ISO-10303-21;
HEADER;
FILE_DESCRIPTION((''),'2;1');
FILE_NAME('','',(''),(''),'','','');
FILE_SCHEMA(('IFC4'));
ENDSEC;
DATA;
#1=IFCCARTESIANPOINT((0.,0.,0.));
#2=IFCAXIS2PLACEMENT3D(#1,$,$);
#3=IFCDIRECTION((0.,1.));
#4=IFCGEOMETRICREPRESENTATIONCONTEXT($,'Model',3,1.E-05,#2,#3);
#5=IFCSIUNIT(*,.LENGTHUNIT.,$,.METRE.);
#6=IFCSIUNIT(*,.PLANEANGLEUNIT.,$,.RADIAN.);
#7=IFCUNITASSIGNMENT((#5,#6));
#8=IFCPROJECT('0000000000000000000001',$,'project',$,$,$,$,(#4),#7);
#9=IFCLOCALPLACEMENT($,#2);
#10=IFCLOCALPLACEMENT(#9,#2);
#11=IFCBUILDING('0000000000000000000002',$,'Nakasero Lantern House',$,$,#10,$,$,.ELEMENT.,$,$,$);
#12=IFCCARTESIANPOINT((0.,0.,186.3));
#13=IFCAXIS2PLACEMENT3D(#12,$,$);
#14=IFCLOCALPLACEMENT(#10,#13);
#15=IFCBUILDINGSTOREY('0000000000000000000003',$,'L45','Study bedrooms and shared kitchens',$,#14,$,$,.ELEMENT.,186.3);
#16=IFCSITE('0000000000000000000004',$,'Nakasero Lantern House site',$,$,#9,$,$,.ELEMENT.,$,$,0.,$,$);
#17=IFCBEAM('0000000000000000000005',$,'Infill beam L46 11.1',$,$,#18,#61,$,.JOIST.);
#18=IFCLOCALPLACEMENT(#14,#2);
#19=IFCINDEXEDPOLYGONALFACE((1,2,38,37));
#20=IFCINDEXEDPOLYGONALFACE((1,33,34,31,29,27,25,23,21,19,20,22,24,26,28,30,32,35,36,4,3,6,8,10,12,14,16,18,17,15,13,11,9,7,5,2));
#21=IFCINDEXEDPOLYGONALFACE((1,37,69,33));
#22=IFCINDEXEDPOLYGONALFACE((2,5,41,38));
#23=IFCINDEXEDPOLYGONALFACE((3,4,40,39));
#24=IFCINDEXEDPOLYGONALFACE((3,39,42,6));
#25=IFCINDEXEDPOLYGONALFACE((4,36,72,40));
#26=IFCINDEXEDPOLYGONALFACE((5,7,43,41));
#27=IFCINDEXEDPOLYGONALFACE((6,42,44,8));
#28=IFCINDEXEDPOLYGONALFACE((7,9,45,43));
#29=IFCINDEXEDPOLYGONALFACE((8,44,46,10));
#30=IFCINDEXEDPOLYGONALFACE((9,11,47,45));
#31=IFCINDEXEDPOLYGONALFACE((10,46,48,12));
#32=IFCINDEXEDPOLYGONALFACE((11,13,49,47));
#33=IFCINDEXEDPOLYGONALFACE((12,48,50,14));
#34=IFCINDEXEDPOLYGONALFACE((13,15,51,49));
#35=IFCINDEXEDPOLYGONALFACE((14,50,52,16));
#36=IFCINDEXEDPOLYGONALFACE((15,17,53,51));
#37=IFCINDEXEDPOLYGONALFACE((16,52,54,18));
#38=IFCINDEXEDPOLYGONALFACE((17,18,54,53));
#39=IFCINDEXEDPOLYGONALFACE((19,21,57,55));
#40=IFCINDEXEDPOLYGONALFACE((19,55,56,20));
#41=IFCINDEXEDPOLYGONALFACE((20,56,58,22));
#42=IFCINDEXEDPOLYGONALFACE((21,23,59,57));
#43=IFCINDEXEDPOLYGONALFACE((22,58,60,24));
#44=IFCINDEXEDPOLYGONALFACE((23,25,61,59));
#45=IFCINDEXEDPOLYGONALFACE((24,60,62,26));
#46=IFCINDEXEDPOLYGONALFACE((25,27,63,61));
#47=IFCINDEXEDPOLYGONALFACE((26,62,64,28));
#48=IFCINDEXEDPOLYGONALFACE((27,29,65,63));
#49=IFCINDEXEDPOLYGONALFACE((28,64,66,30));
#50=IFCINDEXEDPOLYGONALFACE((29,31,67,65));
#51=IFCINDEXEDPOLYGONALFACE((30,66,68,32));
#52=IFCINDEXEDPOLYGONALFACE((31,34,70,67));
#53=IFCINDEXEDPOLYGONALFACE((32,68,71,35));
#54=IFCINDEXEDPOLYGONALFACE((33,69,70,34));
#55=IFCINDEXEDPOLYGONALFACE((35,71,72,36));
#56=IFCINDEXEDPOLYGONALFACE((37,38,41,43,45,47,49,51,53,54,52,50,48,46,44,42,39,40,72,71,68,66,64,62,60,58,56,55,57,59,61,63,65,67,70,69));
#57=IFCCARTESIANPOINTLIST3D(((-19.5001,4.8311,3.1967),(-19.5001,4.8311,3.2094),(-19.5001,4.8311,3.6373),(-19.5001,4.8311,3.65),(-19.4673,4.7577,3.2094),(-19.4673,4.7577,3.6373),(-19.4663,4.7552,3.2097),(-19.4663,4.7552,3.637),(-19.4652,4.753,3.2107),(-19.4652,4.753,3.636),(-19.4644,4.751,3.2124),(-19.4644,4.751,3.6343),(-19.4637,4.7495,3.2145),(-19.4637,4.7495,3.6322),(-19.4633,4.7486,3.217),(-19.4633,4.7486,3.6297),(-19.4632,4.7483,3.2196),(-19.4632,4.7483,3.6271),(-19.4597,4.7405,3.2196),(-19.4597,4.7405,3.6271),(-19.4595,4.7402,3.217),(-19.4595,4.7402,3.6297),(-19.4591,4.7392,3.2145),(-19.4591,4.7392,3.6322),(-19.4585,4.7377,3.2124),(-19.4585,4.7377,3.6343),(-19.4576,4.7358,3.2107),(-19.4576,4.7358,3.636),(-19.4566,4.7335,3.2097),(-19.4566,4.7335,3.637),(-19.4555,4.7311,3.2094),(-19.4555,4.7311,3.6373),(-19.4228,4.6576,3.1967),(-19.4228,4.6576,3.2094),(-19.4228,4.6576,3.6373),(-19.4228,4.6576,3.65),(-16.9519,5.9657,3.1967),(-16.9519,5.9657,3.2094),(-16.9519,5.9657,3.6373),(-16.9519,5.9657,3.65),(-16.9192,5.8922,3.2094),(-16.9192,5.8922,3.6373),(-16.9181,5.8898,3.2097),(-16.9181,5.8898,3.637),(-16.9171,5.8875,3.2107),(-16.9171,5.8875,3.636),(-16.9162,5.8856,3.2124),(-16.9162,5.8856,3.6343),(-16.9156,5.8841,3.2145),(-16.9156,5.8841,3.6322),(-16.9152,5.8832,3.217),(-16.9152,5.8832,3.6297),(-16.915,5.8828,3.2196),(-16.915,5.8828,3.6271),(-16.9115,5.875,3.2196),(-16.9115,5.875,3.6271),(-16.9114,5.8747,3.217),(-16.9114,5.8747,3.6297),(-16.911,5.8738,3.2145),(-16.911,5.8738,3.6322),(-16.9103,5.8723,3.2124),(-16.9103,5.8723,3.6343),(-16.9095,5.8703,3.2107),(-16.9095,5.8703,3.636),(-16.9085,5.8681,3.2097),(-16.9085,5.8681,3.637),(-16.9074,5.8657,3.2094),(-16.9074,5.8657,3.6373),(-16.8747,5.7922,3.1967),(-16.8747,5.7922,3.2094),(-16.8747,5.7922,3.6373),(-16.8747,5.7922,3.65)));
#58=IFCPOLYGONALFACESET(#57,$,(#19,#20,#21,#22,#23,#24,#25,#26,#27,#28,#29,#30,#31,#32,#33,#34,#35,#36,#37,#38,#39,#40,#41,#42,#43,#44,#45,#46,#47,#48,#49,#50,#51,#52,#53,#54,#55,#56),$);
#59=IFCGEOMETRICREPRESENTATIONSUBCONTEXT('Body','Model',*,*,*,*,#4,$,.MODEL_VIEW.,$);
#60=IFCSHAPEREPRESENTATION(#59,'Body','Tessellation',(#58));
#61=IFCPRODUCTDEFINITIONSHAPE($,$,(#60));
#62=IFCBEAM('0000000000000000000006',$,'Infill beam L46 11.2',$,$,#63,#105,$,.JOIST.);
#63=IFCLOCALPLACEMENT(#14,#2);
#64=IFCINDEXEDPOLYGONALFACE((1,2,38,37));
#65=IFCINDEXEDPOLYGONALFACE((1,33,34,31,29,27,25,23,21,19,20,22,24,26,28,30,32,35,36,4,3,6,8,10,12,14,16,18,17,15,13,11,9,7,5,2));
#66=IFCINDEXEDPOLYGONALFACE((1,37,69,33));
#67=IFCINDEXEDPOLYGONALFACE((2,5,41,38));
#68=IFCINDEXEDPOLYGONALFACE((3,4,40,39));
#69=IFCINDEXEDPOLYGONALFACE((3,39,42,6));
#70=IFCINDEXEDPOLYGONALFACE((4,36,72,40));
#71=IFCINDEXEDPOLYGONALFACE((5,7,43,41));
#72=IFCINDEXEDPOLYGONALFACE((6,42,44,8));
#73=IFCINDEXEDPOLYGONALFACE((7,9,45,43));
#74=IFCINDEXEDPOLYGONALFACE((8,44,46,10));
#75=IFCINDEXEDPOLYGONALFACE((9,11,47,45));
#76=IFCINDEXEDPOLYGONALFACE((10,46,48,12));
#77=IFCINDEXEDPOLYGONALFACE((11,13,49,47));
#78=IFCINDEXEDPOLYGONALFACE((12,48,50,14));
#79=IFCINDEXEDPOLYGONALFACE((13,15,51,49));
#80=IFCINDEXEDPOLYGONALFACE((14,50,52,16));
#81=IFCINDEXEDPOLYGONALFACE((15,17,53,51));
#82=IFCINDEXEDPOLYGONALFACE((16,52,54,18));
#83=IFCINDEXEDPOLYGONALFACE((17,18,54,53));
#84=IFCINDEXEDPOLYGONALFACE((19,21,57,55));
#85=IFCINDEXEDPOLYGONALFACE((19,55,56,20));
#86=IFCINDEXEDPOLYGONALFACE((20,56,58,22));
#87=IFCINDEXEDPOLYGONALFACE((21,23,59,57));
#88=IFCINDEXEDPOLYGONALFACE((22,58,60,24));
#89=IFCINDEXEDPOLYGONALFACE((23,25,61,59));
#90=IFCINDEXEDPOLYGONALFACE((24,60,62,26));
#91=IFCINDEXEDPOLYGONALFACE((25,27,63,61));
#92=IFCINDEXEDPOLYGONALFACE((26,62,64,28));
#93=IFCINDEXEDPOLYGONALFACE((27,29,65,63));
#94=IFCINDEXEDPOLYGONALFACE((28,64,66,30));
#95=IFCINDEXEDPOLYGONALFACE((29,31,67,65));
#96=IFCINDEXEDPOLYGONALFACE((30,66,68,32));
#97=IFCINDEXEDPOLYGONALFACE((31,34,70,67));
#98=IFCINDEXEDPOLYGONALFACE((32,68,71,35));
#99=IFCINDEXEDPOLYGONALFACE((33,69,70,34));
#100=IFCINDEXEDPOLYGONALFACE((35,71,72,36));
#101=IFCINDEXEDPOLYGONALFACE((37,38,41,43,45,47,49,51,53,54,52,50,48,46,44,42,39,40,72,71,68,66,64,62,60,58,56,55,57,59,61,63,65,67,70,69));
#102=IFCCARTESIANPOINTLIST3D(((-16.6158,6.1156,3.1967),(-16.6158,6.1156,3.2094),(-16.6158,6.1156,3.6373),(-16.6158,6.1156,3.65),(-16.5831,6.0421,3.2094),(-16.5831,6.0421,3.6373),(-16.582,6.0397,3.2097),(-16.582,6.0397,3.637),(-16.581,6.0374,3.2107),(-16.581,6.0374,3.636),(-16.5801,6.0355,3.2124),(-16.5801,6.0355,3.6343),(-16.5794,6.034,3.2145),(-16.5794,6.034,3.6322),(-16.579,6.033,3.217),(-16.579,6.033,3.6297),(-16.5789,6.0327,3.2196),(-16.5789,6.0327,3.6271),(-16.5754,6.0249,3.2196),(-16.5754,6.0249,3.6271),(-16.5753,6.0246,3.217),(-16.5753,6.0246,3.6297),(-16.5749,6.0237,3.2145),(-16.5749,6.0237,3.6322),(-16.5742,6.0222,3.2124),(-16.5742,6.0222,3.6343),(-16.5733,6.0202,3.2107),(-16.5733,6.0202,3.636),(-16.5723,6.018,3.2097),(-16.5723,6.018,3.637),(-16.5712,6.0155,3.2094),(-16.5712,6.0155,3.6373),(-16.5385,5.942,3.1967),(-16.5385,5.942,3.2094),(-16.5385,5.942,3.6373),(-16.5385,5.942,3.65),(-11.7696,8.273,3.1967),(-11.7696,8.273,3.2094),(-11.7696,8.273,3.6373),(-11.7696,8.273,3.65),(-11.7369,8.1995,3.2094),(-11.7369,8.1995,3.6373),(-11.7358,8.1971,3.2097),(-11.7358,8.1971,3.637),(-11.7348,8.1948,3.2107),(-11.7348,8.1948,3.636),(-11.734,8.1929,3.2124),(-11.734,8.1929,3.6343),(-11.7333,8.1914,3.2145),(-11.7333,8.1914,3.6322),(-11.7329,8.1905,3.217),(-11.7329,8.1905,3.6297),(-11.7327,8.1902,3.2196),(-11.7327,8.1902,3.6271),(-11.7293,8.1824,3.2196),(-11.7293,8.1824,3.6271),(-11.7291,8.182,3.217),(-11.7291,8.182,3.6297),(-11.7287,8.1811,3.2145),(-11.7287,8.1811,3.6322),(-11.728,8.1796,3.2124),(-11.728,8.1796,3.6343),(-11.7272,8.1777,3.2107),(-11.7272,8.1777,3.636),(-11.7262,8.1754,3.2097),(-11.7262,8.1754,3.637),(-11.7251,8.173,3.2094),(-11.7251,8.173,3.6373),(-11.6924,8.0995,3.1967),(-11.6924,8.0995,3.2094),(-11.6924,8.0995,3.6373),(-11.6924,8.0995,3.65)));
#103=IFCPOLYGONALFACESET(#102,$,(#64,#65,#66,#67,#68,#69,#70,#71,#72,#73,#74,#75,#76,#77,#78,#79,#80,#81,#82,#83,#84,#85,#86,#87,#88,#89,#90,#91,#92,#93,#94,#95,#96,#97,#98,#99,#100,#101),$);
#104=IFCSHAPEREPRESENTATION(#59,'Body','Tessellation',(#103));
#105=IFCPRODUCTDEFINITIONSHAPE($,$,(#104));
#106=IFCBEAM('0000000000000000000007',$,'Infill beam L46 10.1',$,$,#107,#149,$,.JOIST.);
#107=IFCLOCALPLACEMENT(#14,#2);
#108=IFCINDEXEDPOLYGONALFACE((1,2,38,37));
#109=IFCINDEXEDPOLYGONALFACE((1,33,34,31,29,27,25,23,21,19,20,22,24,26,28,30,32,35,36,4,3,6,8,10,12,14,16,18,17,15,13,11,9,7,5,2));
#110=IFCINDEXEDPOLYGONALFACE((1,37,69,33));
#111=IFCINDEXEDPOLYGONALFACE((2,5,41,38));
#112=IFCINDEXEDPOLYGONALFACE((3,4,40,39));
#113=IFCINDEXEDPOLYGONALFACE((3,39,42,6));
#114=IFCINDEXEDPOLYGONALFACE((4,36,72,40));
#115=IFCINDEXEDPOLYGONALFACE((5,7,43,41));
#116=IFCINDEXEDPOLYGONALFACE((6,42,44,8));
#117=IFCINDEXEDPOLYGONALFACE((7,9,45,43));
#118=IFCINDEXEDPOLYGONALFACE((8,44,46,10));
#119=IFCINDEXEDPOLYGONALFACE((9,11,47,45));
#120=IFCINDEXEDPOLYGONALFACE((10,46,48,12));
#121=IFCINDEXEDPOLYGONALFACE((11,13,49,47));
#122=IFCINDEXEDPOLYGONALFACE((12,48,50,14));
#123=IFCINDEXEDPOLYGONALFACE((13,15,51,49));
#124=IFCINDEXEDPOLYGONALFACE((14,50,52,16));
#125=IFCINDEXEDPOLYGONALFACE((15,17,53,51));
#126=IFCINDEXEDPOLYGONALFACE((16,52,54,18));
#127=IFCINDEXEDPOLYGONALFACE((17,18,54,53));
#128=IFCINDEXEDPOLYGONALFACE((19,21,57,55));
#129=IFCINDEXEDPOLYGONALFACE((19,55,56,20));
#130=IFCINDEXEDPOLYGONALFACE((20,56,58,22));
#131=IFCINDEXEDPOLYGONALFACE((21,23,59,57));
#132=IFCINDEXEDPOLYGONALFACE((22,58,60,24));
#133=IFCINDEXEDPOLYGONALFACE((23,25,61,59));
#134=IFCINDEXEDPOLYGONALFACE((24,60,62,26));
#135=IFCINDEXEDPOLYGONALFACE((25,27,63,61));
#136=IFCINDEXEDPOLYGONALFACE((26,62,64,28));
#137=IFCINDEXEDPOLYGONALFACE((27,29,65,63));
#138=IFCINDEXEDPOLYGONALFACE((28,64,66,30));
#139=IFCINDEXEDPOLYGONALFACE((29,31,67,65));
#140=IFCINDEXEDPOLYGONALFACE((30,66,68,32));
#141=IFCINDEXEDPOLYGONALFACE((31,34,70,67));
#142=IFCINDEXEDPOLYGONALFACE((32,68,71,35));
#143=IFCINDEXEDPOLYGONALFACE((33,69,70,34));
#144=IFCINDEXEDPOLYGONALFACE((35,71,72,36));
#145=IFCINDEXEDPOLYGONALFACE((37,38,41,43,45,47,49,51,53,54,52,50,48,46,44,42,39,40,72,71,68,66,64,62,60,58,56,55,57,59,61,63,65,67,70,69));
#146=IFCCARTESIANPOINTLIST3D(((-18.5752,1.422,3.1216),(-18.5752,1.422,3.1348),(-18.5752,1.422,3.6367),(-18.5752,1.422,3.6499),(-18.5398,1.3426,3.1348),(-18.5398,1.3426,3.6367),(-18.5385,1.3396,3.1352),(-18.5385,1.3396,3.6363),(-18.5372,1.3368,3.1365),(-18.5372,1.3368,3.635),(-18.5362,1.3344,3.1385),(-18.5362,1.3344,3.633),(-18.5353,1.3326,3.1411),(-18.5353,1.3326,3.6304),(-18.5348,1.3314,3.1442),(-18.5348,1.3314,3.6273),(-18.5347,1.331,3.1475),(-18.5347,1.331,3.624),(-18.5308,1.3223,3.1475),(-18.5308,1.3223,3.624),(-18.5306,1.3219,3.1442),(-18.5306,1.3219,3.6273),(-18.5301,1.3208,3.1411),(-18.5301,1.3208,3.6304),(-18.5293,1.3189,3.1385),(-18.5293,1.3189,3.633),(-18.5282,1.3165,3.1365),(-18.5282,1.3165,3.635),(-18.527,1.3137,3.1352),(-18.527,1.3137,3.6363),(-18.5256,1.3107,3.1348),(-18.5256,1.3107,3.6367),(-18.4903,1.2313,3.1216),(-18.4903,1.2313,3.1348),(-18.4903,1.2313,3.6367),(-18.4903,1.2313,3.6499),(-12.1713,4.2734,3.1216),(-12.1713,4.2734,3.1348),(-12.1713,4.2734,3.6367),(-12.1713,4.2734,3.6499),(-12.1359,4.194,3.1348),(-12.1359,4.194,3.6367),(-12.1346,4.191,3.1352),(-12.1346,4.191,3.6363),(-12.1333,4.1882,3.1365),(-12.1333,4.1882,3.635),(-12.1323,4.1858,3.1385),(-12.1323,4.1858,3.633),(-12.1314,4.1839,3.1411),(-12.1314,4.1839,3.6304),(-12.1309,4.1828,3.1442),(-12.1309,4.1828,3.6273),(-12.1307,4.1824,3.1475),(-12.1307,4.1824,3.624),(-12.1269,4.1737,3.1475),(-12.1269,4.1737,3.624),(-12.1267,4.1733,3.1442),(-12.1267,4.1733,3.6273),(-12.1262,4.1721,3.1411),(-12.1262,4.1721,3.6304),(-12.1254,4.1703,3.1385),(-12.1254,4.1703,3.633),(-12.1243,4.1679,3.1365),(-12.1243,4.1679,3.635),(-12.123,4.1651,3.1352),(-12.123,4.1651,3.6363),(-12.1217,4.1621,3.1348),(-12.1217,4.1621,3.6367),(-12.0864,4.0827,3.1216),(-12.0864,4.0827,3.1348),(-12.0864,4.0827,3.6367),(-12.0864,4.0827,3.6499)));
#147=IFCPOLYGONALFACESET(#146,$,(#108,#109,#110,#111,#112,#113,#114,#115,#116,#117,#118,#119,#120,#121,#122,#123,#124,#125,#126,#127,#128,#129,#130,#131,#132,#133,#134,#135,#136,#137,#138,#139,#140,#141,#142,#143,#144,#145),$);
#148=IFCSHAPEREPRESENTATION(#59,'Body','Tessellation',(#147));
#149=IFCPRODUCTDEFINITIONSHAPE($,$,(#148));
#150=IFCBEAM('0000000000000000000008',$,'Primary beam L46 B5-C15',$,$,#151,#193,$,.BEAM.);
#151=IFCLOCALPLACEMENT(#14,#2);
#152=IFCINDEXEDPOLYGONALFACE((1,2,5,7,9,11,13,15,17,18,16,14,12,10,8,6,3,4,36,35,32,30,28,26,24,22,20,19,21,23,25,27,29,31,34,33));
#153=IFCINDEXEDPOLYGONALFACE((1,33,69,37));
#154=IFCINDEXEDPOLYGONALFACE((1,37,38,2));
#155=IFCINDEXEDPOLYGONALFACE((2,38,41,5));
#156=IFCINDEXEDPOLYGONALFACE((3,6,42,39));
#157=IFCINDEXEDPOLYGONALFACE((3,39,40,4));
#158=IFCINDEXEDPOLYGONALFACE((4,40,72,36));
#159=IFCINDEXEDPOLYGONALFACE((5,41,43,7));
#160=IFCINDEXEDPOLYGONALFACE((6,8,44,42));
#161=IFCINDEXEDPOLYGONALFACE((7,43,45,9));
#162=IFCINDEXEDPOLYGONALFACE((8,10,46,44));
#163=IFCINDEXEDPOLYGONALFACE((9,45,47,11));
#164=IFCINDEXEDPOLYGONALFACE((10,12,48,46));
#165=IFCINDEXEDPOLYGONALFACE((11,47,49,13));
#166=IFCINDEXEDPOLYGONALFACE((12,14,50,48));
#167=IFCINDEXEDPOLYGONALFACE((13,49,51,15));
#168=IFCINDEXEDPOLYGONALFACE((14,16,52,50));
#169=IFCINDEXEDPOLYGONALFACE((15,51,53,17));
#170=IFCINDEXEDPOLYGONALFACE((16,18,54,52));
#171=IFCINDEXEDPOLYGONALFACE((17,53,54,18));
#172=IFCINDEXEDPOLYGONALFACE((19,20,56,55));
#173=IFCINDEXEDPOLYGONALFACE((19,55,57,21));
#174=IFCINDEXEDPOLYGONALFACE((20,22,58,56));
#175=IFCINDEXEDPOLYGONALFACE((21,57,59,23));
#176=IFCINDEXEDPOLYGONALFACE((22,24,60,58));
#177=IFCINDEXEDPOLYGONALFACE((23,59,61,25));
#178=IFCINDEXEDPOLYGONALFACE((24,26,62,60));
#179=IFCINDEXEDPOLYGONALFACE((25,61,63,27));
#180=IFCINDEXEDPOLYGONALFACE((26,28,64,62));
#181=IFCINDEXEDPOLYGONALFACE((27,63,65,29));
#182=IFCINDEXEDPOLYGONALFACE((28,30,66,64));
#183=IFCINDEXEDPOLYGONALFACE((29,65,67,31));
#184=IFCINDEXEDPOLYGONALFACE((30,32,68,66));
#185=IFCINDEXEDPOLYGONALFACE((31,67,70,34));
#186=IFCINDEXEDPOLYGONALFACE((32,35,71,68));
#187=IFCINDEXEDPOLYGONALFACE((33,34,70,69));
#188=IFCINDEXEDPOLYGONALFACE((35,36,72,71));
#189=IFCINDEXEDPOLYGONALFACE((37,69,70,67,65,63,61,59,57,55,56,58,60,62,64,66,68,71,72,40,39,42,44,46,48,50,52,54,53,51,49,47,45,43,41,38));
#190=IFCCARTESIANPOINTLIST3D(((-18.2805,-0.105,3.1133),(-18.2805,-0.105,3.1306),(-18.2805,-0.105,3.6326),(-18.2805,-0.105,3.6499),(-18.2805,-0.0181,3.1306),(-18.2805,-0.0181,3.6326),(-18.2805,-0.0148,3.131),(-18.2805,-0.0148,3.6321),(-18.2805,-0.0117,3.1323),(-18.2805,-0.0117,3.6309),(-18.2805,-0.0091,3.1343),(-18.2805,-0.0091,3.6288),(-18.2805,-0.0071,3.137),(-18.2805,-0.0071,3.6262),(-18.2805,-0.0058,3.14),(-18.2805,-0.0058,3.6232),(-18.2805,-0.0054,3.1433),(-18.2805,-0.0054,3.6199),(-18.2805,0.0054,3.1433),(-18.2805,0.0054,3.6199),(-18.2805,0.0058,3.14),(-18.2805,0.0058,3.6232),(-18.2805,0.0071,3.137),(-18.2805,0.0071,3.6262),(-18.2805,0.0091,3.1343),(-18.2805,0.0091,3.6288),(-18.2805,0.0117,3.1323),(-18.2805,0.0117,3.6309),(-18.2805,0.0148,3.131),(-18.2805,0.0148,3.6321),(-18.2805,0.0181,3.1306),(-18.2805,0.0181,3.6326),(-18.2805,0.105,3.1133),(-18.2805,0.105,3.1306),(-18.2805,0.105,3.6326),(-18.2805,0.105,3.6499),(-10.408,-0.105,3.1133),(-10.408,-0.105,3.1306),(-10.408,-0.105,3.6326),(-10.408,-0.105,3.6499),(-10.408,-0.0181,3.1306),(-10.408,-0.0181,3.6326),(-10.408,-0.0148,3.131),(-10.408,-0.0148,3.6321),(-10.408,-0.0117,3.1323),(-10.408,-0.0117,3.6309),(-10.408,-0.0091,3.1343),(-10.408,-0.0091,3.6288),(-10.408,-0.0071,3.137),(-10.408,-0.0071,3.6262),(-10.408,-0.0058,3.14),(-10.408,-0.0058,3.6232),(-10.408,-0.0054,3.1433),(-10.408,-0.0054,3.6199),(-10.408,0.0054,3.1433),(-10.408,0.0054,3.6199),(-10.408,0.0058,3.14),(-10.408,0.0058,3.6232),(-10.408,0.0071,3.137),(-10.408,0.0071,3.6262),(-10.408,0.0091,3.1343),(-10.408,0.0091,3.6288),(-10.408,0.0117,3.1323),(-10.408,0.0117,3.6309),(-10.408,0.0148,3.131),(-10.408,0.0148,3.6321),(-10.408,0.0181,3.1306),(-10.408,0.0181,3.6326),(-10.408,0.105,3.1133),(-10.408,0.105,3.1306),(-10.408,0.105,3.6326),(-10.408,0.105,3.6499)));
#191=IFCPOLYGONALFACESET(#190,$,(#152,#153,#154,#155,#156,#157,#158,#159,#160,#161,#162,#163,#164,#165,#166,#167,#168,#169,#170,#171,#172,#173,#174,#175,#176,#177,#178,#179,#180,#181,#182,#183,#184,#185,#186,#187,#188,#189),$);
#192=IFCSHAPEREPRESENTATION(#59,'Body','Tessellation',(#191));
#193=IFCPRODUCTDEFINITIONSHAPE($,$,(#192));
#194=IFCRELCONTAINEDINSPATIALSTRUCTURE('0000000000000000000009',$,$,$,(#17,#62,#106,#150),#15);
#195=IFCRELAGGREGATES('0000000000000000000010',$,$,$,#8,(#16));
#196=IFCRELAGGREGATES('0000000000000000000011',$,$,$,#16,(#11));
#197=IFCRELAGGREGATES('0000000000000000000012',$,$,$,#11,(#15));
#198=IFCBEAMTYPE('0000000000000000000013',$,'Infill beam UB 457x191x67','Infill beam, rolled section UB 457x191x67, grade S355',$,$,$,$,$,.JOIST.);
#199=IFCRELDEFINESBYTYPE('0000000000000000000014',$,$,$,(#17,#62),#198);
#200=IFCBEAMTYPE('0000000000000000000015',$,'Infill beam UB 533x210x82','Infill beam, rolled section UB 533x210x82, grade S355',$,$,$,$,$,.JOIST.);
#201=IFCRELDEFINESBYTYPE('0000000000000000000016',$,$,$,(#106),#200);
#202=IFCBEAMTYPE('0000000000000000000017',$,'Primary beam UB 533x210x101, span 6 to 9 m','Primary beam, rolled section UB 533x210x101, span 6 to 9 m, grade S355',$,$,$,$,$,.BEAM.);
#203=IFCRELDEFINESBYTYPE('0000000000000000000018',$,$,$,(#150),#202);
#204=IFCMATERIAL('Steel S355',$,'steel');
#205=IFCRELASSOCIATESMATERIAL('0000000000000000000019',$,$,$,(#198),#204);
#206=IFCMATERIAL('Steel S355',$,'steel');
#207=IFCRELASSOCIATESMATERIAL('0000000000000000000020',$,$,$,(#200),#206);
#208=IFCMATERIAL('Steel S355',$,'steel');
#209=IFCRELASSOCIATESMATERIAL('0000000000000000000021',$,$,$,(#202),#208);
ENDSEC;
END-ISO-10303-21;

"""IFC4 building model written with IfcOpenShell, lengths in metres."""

from ifc_helpers import new_model, si_unit, direction, frame, origin, origin_2d, place, context, subcontext, project, spatial, i_section, extrude, material, material_profile, profile_set, type_object, element, save


model = new_model("IFC4")

# Units and contexts
model_context = context("Model", 3, precision=1e-05, world=origin(), true_north=direction((0.0, 1.0)))
body_context = subcontext(model_context, "Body", "Model", "MODEL_VIEW")
ifc_project = project(units=[si_unit("LENGTHUNIT", "METRE"), si_unit("PLANEANGLEUNIT", "RADIAN")], contexts=[model_context])

# Site, building, storey
site_placement = place(None, origin())
site = spatial("IfcSite", under=ifc_project, at=site_placement, Name="Nakasero Lantern House site", CompositionType="ELEMENT", RefElevation=0.0)
building_placement = place(site_placement, origin())
building = spatial("IfcBuilding", under=site, at=building_placement, Name="Nakasero Lantern House", CompositionType="ELEMENT")
storey_placement = place(building_placement, frame((0.0, 0.0, 186.3)))
storey = spatial("IfcBuildingStorey", under=building, at=storey_placement, Name="L45", Description="Study bedrooms and shared kitchens", CompositionType="ELEMENT", Elevation=186.3)

# Beams
ifc_material_1 = material(Name="Steel S355", Category="steel")
ifc_material_profile_1 = material_profile(ifc_material_1, i_section(OverallWidth=0.1899, OverallDepth=0.4534, WebThickness=0.0085, FlangeThickness=0.0127, FilletRadius=0.0103, at=origin_2d()), Name="UB 457x191x67")
ifc_profile_set_1 = profile_set([ifc_material_profile_1], Name="Steel S355")
beam_type_1 = type_object("IfcBeamType", Name="Infill beam UB 457x191x67", Description="Infill beam, rolled section UB 457x191x67, grade S355", PredefinedType="JOIST", material=ifc_profile_set_1)
beam_1_placement = place(storey_placement, frame((-19.4614, 4.7444, 3.4233), z_axis=(0.913541, 0.406747, 0.0), x_axis=(-0.406747, 0.913541, 0.0)))
element("IfcBeam", 1, at=beam_1_placement, inside=storey, type_object=beam_type_1, Name="Infill beam L46 11.1", PredefinedType="JOIST", context=body_context, shape_type="SweptSolid", body=[
    extrude(i_section(OverallWidth=0.1899, OverallDepth=0.4534, WebThickness=0.0085, FlangeThickness=0.0127, FilletRadius=0.0103, at=origin_2d()), origin(), (0.0, 0.0, 1.0), 2.7893),
])
beam_2_placement = place(storey_placement, frame((-16.5771, 6.0288, 3.4233), z_axis=(0.913559, 0.406706, 0.0), x_axis=(-0.406706, 0.913559, 0.0)))
element("IfcBeam", 2, at=beam_2_placement, inside=storey, type_object=beam_type_1, Name="Infill beam L46 11.2", PredefinedType="JOIST", context=body_context, shape_type="SweptSolid", body=[
    extrude(i_section(OverallWidth=0.1899, OverallDepth=0.4534, WebThickness=0.0085, FlangeThickness=0.0127, FilletRadius=0.0103, at=origin_2d()), origin(), (0.0, 0.0, 1.0), 5.3047),
])
ifc_material_2 = material(Name="Steel S355", Category="steel")
ifc_material_profile_2 = material_profile(ifc_material_2, i_section(OverallWidth=0.2087, OverallDepth=0.5283, WebThickness=0.0095, FlangeThickness=0.0132, FilletRadius=0.0127, at=origin_2d()), Name="UB 533x210x82")
ifc_profile_set_2 = profile_set([ifc_material_profile_2], Name="Steel S355")
beam_type_2 = type_object("IfcBeamType", Name="Infill beam UB 533x210x82", Description="Infill beam, rolled section UB 533x210x82, grade S355", PredefinedType="JOIST", material=ifc_profile_set_2)
beam_3_placement = place(storey_placement, frame((-18.5327, 1.3267, 3.3857), z_axis=(0.913537, 0.406756, 0.0), x_axis=(-0.406756, 0.913537, 0.0)))
element("IfcBeam", 3, at=beam_3_placement, inside=storey, type_object=beam_type_2, Name="Infill beam L46 10.1", PredefinedType="JOIST", context=body_context, shape_type="SweptSolid", body=[
    extrude(i_section(OverallWidth=0.2087, OverallDepth=0.5283, WebThickness=0.0095, FlangeThickness=0.0132, FilletRadius=0.0127, at=origin_2d()), origin(), (0.0, 0.0, 1.0), 7.01),
])
ifc_material_3 = material(Name="Steel S355", Category="steel")
ifc_material_profile_3 = material_profile(ifc_material_3, i_section(OverallWidth=0.21, OverallDepth=0.5366, WebThickness=0.0107, FlangeThickness=0.0173, FilletRadius=0.0127, at=origin_2d()), Name="UB 533x210x101")
ifc_profile_set_3 = profile_set([ifc_material_profile_3], Name="Steel S355")
beam_type_3 = type_object("IfcBeamType", Name="Primary beam UB 533x210x101, span 6 to 9 m", Description="Primary beam, rolled section UB 533x210x101, span 6 to 9 m, grade S355", PredefinedType="BEAM", material=ifc_profile_set_3)
beam_4_placement = place(storey_placement, frame((-18.2805, 0.0, 3.3816), z_axis=(1.0, 0.0, 0.0), x_axis=(0.0, 1.0, 0.0)))
element("IfcBeam", 4, at=beam_4_placement, inside=storey, type_object=beam_type_3, Name="Primary beam L46 B5-C15", PredefinedType="BEAM", context=body_context, shape_type="SweptSolid", body=[
    extrude(i_section(OverallWidth=0.21, OverallDepth=0.5366, WebThickness=0.0107, FlangeThickness=0.0173, FilletRadius=0.0127, at=origin_2d()), origin(), (0.0, 0.0, 1.0), 7.8726),
])

save(model, "model.ifc")
